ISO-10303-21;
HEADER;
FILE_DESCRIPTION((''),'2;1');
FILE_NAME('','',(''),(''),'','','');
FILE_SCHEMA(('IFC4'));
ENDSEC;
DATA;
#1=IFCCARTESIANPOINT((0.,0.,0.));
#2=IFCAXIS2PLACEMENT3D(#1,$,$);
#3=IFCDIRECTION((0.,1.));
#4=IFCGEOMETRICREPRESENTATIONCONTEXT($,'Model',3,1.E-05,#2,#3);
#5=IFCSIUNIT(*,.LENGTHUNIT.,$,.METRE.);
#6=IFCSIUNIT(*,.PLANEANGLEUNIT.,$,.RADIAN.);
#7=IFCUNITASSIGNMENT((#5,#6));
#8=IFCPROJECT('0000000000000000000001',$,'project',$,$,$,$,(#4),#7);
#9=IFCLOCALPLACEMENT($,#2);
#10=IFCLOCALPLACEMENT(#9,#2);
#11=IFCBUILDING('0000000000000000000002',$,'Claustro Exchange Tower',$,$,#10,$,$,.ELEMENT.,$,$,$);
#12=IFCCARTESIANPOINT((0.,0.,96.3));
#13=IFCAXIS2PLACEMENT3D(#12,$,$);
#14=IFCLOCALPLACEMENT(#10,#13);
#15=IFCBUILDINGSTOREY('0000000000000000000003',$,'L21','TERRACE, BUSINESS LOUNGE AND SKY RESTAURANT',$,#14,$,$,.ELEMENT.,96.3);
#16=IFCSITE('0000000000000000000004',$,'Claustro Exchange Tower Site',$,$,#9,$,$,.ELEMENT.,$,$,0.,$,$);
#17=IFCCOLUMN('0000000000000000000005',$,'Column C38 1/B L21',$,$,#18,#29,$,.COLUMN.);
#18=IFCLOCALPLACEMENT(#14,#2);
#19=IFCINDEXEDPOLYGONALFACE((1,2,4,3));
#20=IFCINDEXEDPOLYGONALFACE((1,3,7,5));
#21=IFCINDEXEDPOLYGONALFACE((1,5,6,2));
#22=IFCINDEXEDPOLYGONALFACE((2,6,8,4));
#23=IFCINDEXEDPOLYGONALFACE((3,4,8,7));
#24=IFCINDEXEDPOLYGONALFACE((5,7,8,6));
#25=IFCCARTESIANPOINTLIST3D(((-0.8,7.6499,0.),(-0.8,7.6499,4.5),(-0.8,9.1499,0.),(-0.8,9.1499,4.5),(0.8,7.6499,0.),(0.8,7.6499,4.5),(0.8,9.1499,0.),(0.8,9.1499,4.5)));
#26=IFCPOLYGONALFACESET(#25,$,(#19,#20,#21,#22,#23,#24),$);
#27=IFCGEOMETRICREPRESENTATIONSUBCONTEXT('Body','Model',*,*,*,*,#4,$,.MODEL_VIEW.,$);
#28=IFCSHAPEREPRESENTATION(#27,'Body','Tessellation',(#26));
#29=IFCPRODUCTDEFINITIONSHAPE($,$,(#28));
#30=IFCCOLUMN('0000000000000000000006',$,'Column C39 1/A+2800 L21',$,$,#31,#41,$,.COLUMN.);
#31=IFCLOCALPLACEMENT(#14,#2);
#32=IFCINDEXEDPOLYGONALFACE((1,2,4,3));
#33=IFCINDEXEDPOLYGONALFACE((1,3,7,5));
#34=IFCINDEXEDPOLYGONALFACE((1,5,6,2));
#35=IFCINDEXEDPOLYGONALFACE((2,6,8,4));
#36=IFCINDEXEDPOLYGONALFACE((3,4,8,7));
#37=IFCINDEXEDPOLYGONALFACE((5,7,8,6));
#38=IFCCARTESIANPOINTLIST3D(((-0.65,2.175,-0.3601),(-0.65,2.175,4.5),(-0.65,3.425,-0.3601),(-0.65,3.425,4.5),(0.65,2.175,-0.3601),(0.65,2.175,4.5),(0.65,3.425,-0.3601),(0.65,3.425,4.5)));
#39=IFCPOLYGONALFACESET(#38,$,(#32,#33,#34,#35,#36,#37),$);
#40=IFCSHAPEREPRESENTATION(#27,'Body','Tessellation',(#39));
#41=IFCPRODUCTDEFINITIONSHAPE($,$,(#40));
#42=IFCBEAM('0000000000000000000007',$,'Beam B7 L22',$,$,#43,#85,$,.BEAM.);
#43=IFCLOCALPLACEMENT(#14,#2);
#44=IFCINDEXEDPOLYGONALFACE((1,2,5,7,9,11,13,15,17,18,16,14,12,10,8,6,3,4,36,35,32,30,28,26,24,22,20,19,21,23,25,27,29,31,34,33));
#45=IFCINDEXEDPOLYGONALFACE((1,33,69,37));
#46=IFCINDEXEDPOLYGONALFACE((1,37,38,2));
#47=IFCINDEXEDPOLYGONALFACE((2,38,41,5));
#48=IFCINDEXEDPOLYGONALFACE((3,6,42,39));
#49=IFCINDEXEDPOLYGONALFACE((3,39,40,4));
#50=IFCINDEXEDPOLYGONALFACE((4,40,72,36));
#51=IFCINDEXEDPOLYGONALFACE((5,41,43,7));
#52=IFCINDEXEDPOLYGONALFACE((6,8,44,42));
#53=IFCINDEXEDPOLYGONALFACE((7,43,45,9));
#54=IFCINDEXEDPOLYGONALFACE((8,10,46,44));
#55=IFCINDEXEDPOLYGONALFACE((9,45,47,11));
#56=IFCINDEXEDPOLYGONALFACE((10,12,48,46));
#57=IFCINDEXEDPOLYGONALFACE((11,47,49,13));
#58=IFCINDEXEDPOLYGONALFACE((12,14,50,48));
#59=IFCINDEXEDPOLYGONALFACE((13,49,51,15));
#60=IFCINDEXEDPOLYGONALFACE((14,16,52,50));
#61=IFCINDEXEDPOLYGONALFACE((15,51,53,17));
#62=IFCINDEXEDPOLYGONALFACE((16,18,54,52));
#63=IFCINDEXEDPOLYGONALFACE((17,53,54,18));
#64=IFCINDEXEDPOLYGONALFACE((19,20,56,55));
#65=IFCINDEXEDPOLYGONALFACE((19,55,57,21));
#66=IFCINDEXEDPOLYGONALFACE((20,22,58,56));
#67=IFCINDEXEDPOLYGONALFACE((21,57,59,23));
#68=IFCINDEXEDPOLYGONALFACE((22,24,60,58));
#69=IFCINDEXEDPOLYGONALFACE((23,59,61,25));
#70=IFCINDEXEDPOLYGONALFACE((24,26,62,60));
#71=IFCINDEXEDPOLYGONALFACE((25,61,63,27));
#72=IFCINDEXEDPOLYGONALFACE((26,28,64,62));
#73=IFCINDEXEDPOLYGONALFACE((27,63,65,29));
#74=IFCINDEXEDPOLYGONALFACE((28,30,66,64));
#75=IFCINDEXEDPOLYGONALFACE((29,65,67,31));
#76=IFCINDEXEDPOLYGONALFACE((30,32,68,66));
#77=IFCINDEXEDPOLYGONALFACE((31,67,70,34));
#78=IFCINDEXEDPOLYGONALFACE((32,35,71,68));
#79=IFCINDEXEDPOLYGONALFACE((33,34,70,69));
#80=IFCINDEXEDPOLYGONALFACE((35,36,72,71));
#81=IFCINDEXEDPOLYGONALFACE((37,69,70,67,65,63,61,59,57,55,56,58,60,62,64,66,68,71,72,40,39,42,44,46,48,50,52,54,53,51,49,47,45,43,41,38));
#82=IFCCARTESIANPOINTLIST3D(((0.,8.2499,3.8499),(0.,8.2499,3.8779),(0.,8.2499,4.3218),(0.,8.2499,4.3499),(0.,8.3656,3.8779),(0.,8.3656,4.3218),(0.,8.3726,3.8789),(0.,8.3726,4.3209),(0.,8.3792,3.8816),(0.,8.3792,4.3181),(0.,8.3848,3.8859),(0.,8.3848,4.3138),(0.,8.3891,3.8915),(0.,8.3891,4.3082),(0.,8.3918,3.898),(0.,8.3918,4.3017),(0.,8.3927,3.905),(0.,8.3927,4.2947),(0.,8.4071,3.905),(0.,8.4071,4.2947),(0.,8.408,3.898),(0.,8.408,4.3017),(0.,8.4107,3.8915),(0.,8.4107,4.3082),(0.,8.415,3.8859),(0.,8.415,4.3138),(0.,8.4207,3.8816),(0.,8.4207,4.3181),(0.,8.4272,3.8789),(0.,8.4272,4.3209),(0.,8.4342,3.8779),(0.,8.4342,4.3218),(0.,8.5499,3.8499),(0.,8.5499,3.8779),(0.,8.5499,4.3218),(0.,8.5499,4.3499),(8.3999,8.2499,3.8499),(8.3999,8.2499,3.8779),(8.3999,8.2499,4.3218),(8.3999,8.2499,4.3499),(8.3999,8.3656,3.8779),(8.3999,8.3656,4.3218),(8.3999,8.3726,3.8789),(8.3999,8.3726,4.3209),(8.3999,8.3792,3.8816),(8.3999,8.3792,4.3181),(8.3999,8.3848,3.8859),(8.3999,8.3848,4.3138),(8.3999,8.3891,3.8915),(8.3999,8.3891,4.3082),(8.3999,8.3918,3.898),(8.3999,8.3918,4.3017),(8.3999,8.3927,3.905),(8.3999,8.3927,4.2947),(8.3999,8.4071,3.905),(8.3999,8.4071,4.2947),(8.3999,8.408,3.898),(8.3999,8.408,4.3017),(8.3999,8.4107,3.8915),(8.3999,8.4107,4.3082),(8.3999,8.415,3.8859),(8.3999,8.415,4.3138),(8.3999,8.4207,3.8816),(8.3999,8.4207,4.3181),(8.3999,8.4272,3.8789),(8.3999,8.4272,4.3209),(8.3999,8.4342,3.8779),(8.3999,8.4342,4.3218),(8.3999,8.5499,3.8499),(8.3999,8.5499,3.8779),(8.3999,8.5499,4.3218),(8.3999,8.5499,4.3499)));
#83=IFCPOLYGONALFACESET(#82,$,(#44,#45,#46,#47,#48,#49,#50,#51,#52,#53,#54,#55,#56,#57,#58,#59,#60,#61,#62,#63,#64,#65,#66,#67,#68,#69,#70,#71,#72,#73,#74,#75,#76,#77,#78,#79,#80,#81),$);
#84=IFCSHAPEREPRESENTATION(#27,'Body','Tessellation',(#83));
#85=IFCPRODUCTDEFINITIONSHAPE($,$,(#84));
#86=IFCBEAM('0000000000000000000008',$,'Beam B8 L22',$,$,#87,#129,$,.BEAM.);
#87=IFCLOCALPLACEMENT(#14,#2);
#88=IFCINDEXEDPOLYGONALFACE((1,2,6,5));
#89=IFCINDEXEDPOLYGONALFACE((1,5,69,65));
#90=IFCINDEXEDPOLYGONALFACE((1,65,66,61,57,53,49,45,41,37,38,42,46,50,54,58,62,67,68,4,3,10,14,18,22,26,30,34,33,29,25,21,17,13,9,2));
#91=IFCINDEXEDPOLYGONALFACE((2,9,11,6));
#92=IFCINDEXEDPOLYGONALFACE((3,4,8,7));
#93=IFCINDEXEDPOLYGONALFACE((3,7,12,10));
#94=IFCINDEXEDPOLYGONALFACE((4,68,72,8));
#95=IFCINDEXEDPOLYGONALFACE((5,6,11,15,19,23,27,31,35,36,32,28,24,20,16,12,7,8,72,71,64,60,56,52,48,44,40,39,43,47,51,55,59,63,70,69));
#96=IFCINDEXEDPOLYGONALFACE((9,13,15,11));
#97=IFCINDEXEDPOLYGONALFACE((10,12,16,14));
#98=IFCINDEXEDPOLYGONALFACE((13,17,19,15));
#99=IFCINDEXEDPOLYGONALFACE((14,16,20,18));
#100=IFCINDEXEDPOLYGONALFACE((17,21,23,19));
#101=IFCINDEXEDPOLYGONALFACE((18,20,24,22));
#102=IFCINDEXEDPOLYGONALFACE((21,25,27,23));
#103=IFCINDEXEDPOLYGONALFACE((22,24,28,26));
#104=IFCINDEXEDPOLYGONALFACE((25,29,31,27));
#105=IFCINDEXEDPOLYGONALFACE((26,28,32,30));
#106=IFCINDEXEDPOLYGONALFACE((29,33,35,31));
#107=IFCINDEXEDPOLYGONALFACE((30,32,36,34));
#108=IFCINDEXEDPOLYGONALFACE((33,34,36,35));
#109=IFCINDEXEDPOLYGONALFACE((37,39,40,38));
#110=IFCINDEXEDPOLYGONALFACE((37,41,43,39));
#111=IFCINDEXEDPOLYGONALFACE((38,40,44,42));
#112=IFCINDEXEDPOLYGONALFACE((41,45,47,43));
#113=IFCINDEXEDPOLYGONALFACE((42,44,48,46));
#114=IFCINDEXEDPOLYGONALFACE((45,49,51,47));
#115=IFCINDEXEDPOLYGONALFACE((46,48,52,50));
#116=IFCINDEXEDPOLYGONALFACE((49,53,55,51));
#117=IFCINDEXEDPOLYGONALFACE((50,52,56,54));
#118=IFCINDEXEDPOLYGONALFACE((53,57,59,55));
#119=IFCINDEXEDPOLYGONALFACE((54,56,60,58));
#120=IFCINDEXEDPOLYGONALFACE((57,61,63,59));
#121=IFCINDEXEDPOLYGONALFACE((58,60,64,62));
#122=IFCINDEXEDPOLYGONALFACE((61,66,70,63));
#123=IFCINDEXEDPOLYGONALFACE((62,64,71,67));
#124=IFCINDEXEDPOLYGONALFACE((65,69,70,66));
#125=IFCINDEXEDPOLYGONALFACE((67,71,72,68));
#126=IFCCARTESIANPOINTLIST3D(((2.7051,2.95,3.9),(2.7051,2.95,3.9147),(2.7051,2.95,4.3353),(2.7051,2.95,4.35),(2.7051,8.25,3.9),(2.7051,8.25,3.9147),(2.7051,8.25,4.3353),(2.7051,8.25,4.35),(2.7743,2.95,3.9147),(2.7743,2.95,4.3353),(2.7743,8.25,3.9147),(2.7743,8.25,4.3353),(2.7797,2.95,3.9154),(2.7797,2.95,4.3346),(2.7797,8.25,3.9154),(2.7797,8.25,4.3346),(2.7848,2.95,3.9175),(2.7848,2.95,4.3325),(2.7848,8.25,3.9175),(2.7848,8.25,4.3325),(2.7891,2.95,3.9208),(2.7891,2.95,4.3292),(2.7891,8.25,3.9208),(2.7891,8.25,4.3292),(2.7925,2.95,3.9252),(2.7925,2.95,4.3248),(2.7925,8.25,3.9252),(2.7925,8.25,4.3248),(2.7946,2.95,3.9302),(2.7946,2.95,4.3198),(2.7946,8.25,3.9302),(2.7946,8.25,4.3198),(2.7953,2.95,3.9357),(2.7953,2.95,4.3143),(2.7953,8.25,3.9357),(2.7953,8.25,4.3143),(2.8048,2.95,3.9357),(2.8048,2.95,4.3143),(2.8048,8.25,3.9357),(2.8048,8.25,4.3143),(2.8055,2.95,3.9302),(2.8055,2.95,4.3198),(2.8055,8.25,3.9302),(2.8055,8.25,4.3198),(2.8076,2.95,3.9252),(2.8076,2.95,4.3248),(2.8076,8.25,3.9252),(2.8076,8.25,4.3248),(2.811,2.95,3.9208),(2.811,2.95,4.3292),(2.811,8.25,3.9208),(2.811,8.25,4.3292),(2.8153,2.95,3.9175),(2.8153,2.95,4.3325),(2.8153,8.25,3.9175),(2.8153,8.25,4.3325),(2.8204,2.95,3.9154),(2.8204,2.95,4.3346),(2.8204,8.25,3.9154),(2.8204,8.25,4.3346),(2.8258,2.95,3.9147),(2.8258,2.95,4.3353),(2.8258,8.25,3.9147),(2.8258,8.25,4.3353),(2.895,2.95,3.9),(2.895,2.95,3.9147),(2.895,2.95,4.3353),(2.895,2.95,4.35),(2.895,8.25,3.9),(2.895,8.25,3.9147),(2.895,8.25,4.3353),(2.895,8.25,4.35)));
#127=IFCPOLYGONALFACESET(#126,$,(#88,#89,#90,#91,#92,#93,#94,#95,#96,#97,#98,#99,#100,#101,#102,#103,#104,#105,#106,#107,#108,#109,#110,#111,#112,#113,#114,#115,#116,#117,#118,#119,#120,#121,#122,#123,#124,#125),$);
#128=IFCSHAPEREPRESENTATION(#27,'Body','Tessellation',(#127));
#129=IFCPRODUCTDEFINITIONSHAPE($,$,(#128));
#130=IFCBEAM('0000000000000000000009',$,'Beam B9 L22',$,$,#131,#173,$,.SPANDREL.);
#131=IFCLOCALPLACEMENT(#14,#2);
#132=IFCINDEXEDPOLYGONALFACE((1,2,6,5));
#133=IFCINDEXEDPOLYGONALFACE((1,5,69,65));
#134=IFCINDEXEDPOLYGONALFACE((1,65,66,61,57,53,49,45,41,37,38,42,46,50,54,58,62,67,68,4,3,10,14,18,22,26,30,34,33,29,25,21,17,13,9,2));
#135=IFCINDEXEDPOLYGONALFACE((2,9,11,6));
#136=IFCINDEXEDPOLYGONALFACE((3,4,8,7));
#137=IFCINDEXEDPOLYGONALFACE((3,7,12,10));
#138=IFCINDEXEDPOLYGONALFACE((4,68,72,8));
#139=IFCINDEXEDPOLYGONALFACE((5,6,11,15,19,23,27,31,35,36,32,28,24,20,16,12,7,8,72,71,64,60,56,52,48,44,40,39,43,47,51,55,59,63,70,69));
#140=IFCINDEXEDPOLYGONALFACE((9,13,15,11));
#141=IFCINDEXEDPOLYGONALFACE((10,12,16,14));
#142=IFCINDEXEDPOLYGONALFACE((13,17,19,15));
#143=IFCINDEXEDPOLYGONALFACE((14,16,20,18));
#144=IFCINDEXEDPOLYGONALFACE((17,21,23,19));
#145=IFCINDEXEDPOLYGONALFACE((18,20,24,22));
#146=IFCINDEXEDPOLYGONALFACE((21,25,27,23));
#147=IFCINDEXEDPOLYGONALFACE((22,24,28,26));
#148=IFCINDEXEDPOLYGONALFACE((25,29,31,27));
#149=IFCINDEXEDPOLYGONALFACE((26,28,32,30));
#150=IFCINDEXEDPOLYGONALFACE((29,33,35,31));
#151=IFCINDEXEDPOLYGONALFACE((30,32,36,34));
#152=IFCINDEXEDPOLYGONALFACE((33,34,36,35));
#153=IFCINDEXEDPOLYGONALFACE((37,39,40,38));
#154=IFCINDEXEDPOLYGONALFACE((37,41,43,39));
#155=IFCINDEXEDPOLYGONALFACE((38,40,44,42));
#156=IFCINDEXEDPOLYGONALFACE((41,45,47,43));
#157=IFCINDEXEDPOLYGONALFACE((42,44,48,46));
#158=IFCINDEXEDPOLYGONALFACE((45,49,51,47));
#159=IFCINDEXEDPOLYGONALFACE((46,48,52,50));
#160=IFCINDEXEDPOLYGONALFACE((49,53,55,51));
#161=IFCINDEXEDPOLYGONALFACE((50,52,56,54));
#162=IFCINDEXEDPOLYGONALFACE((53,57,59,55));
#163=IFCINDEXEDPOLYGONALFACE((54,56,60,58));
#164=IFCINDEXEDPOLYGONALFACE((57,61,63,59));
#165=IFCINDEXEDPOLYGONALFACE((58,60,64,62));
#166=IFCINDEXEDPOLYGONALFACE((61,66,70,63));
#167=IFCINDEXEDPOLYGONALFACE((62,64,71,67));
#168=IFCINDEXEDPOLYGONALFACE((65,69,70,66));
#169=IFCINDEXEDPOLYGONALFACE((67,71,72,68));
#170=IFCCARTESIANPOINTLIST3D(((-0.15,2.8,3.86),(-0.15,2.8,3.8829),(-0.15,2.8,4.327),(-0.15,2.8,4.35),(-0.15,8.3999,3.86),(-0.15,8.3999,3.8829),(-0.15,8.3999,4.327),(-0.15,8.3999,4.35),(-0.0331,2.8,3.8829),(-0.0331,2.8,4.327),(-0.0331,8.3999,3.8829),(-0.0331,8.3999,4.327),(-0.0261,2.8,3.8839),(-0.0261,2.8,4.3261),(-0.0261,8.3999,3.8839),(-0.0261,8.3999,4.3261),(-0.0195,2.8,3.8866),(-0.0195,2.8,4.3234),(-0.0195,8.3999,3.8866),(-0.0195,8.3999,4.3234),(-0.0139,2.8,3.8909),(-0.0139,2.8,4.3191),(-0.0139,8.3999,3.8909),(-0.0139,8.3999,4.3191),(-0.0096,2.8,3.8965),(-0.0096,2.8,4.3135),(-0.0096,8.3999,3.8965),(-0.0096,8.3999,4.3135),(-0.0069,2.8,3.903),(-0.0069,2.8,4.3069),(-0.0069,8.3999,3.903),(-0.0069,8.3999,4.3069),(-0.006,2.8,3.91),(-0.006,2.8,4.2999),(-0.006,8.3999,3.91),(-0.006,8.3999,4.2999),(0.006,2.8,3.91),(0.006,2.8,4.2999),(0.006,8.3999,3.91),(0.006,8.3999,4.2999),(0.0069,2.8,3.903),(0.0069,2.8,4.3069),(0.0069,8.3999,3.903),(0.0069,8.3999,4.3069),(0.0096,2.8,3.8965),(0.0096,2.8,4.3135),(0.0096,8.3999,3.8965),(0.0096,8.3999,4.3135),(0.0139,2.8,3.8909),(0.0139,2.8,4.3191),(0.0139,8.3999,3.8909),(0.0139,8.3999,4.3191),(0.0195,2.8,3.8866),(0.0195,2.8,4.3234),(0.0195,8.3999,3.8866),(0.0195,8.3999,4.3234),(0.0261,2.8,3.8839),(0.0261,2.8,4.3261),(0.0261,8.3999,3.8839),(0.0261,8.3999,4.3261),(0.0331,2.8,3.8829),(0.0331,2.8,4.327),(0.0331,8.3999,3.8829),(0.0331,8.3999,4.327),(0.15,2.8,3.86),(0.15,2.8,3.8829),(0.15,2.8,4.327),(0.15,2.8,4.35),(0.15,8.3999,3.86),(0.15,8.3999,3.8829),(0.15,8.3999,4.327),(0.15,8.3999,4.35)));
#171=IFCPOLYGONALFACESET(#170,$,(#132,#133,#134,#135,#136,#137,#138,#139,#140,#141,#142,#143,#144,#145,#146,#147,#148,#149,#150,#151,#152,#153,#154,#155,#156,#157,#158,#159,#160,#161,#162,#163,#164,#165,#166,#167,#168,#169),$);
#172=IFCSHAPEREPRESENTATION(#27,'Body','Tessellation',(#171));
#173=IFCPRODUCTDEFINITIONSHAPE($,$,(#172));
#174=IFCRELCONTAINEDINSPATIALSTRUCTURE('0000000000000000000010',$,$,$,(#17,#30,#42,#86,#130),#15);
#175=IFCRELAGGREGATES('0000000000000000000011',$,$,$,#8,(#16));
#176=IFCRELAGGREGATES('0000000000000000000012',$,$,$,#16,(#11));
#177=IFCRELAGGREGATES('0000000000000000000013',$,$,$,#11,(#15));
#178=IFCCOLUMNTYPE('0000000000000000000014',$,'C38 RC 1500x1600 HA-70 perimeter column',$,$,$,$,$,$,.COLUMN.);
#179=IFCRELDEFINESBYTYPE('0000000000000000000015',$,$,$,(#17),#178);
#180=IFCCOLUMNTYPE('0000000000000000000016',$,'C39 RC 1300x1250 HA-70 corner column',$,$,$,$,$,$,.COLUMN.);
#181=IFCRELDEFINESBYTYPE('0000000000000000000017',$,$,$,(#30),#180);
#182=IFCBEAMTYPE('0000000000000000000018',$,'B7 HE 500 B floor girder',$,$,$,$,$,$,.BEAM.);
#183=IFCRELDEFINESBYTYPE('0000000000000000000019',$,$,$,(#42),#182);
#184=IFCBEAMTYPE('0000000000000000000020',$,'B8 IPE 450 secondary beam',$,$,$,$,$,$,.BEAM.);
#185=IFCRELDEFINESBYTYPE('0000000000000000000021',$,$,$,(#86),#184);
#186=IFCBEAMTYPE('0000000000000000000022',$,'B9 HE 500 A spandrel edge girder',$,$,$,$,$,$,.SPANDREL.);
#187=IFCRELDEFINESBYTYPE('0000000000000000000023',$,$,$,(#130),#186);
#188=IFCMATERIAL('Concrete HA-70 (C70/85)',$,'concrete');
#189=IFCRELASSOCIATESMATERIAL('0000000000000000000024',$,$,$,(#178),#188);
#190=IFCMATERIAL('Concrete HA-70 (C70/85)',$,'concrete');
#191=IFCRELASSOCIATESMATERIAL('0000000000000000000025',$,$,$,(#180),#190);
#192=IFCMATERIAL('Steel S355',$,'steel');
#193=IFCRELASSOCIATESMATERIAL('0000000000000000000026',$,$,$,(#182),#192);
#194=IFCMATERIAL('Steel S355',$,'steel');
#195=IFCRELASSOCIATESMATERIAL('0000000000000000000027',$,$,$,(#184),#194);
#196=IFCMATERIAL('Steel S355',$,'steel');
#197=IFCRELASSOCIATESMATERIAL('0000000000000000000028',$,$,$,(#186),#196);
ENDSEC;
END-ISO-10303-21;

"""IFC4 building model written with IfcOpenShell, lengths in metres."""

from ifc_helpers import new_model, si_unit, direction, frame, origin, origin_2d, place, context, subcontext, project, spatial, rectangle, i_section, extrude, material, material_profile, profile_set, type_object, element, save


model = new_model("IFC4")

# Units and contexts
model_context = context("Model", 3, precision=1e-05, world=origin(), true_north=direction((0.0, 1.0)))
body_context = subcontext(model_context, "Body", "Model", "MODEL_VIEW")
ifc_project = project(units=[si_unit("LENGTHUNIT", "METRE"), si_unit("PLANEANGLEUNIT", "RADIAN")], contexts=[model_context])

# Site, building, storey
site_placement = place(None, origin())
site = spatial("IfcSite", under=ifc_project, at=site_placement, Name="Claustro Exchange Tower Site", CompositionType="ELEMENT", RefElevation=0.0)
building_placement = place(site_placement, origin())
building = spatial("IfcBuilding", under=site, at=building_placement, Name="Claustro Exchange Tower", CompositionType="ELEMENT")
storey_placement = place(building_placement, frame((0.0, 0.0, 96.3)))
storey = spatial("IfcBuildingStorey", under=building, at=storey_placement, Name="L21", Description="TERRACE, BUSINESS LOUNGE AND SKY RESTAURANT", CompositionType="ELEMENT", Elevation=96.3)

# Columns
ifc_material_1 = material(Name="Concrete HA-70 (C70/85)", Category="concrete")
ifc_material_profile_1 = material_profile(ifc_material_1, rectangle(XDim=1.5, YDim=1.6001, at=origin_2d()), Name="RC 1500x1600")
ifc_profile_set_1 = profile_set([ifc_material_profile_1], Name="Concrete HA-70 (C70/85)")
column_type_1 = type_object("IfcColumnType", Name="C38 RC 1500x1600 HA-70 perimeter column", PredefinedType="COLUMN", material=ifc_profile_set_1)
column_1_placement = place(storey_placement, frame((0.0, 8.3999, 0.0), z_axis=(0.0, 0.0, 1.0), x_axis=(0.0, 1.0, 0.0)))
element("IfcColumn", 1, at=column_1_placement, inside=storey, type_object=column_type_1, Name="Column C38 1/B L21", PredefinedType="COLUMN", context=body_context, shape_type="SweptSolid", body=[
    extrude(rectangle(XDim=1.5, YDim=1.6001, at=origin_2d()), origin(), (0.0, 0.0, 1.0), 4.5),
])
ifc_material_2 = material(Name="Concrete HA-70 (C70/85)", Category="concrete")
ifc_material_profile_2 = material_profile(ifc_material_2, rectangle(XDim=1.3, YDim=1.25, at=origin_2d()), Name="RC 1300x1250")
ifc_profile_set_2 = profile_set([ifc_material_profile_2], Name="Concrete HA-70 (C70/85)")
column_type_2 = type_object("IfcColumnType", Name="C39 RC 1300x1250 HA-70 corner column", PredefinedType="COLUMN", material=ifc_profile_set_2)
column_2_placement = place(storey_placement, frame((0.0, 2.8, -0.3601), z_axis=(0.0, 0.0, 1.0), x_axis=(1.0, 0.0, 0.0)))
element("IfcColumn", 2, at=column_2_placement, inside=storey, type_object=column_type_2, Name="Column C39 1/A+2800 L21", PredefinedType="COLUMN", context=body_context, shape_type="SweptSolid", body=[
    extrude(rectangle(XDim=1.3, YDim=1.25, at=origin_2d()), origin(), (0.0, 0.0, 1.0), 4.8601),
])

# Beams
ifc_material_3 = material(Name="Steel S355", Category="steel")
ifc_material_profile_3 = material_profile(ifc_material_3, i_section(OverallWidth=0.3, OverallDepth=0.5, WebThickness=0.0144, FlangeThickness=0.0281, FilletRadius=0.0271, at=origin_2d()), Name="HE 500 B")
ifc_profile_set_3 = profile_set([ifc_material_profile_3], Name="Steel S355")
beam_type_1 = type_object("IfcBeamType", Name="B7 HE 500 B floor girder", PredefinedType="BEAM", material=ifc_profile_set_3)
beam_1_placement = place(storey_placement, frame((0.0, 8.3999, 4.0999), z_axis=(1.0, 0.0, 0.0), x_axis=(0.0, 1.0, 0.0)))
element("IfcBeam", 3, at=beam_1_placement, inside=storey, type_object=beam_type_1, Name="Beam B7 L22", PredefinedType="BEAM", context=body_context, shape_type="SweptSolid", body=[
    extrude(i_section(OverallWidth=0.3, OverallDepth=0.5, WebThickness=0.0144, FlangeThickness=0.0281, FilletRadius=0.0271, at=origin_2d()), origin(), (0.0, 0.0, 1.0), 8.3999),
])
ifc_material_4 = material(Name="Steel S355", Category="steel")
ifc_material_profile_4 = material_profile(ifc_material_4, i_section(OverallWidth=0.1899, OverallDepth=0.45, WebThickness=0.0095, FlangeThickness=0.0146, FilletRadius=0.021, at=origin_2d()), Name="IPE 450")
ifc_profile_set_4 = profile_set([ifc_material_profile_4], Name="Steel S355")
beam_type_2 = type_object("IfcBeamType", Name="B8 IPE 450 secondary beam", PredefinedType="BEAM", material=ifc_profile_set_4)
beam_2_placement = place(storey_placement, frame((2.8, 2.95, 4.125), z_axis=(0.0, 1.0, 0.0), x_axis=(-1.0, 0.0, 0.0)))
element("IfcBeam", 4, at=beam_2_placement, inside=storey, type_object=beam_type_2, Name="Beam B8 L22", PredefinedType="BEAM", context=body_context, shape_type="SweptSolid", body=[
    extrude(i_section(OverallWidth=0.1899, OverallDepth=0.45, WebThickness=0.0095, FlangeThickness=0.0146, FilletRadius=0.021, at=origin_2d()), origin(), (0.0, 0.0, 1.0), 5.3),
])
ifc_material_5 = material(Name="Steel S355", Category="steel")
ifc_material_profile_5 = material_profile(ifc_material_5, i_section(OverallWidth=0.3, OverallDepth=0.49, WebThickness=0.012, FlangeThickness=0.0229, FilletRadius=0.0271, at=origin_2d()), Name="HE 500 A")
ifc_profile_set_5 = profile_set([ifc_material_profile_5], Name="Steel S355")
beam_type_3 = type_object("IfcBeamType", Name="B9 HE 500 A spandrel edge girder", PredefinedType="SPANDREL", material=ifc_profile_set_5)
beam_3_placement = place(storey_placement, frame((0.0, 2.8, 4.105), z_axis=(0.0, 1.0, 0.0), x_axis=(-1.0, 0.0, 0.0)))
element("IfcBeam", 5, at=beam_3_placement, inside=storey, type_object=beam_type_3, Name="Beam B9 L22", PredefinedType="SPANDREL", context=body_context, shape_type="SweptSolid", body=[
    extrude(i_section(OverallWidth=0.3, OverallDepth=0.49, WebThickness=0.012, FlangeThickness=0.0229, FilletRadius=0.0271, at=origin_2d()), origin(), (0.0, 0.0, 1.0), 5.5999),
])

save(model, "model.ifc")
